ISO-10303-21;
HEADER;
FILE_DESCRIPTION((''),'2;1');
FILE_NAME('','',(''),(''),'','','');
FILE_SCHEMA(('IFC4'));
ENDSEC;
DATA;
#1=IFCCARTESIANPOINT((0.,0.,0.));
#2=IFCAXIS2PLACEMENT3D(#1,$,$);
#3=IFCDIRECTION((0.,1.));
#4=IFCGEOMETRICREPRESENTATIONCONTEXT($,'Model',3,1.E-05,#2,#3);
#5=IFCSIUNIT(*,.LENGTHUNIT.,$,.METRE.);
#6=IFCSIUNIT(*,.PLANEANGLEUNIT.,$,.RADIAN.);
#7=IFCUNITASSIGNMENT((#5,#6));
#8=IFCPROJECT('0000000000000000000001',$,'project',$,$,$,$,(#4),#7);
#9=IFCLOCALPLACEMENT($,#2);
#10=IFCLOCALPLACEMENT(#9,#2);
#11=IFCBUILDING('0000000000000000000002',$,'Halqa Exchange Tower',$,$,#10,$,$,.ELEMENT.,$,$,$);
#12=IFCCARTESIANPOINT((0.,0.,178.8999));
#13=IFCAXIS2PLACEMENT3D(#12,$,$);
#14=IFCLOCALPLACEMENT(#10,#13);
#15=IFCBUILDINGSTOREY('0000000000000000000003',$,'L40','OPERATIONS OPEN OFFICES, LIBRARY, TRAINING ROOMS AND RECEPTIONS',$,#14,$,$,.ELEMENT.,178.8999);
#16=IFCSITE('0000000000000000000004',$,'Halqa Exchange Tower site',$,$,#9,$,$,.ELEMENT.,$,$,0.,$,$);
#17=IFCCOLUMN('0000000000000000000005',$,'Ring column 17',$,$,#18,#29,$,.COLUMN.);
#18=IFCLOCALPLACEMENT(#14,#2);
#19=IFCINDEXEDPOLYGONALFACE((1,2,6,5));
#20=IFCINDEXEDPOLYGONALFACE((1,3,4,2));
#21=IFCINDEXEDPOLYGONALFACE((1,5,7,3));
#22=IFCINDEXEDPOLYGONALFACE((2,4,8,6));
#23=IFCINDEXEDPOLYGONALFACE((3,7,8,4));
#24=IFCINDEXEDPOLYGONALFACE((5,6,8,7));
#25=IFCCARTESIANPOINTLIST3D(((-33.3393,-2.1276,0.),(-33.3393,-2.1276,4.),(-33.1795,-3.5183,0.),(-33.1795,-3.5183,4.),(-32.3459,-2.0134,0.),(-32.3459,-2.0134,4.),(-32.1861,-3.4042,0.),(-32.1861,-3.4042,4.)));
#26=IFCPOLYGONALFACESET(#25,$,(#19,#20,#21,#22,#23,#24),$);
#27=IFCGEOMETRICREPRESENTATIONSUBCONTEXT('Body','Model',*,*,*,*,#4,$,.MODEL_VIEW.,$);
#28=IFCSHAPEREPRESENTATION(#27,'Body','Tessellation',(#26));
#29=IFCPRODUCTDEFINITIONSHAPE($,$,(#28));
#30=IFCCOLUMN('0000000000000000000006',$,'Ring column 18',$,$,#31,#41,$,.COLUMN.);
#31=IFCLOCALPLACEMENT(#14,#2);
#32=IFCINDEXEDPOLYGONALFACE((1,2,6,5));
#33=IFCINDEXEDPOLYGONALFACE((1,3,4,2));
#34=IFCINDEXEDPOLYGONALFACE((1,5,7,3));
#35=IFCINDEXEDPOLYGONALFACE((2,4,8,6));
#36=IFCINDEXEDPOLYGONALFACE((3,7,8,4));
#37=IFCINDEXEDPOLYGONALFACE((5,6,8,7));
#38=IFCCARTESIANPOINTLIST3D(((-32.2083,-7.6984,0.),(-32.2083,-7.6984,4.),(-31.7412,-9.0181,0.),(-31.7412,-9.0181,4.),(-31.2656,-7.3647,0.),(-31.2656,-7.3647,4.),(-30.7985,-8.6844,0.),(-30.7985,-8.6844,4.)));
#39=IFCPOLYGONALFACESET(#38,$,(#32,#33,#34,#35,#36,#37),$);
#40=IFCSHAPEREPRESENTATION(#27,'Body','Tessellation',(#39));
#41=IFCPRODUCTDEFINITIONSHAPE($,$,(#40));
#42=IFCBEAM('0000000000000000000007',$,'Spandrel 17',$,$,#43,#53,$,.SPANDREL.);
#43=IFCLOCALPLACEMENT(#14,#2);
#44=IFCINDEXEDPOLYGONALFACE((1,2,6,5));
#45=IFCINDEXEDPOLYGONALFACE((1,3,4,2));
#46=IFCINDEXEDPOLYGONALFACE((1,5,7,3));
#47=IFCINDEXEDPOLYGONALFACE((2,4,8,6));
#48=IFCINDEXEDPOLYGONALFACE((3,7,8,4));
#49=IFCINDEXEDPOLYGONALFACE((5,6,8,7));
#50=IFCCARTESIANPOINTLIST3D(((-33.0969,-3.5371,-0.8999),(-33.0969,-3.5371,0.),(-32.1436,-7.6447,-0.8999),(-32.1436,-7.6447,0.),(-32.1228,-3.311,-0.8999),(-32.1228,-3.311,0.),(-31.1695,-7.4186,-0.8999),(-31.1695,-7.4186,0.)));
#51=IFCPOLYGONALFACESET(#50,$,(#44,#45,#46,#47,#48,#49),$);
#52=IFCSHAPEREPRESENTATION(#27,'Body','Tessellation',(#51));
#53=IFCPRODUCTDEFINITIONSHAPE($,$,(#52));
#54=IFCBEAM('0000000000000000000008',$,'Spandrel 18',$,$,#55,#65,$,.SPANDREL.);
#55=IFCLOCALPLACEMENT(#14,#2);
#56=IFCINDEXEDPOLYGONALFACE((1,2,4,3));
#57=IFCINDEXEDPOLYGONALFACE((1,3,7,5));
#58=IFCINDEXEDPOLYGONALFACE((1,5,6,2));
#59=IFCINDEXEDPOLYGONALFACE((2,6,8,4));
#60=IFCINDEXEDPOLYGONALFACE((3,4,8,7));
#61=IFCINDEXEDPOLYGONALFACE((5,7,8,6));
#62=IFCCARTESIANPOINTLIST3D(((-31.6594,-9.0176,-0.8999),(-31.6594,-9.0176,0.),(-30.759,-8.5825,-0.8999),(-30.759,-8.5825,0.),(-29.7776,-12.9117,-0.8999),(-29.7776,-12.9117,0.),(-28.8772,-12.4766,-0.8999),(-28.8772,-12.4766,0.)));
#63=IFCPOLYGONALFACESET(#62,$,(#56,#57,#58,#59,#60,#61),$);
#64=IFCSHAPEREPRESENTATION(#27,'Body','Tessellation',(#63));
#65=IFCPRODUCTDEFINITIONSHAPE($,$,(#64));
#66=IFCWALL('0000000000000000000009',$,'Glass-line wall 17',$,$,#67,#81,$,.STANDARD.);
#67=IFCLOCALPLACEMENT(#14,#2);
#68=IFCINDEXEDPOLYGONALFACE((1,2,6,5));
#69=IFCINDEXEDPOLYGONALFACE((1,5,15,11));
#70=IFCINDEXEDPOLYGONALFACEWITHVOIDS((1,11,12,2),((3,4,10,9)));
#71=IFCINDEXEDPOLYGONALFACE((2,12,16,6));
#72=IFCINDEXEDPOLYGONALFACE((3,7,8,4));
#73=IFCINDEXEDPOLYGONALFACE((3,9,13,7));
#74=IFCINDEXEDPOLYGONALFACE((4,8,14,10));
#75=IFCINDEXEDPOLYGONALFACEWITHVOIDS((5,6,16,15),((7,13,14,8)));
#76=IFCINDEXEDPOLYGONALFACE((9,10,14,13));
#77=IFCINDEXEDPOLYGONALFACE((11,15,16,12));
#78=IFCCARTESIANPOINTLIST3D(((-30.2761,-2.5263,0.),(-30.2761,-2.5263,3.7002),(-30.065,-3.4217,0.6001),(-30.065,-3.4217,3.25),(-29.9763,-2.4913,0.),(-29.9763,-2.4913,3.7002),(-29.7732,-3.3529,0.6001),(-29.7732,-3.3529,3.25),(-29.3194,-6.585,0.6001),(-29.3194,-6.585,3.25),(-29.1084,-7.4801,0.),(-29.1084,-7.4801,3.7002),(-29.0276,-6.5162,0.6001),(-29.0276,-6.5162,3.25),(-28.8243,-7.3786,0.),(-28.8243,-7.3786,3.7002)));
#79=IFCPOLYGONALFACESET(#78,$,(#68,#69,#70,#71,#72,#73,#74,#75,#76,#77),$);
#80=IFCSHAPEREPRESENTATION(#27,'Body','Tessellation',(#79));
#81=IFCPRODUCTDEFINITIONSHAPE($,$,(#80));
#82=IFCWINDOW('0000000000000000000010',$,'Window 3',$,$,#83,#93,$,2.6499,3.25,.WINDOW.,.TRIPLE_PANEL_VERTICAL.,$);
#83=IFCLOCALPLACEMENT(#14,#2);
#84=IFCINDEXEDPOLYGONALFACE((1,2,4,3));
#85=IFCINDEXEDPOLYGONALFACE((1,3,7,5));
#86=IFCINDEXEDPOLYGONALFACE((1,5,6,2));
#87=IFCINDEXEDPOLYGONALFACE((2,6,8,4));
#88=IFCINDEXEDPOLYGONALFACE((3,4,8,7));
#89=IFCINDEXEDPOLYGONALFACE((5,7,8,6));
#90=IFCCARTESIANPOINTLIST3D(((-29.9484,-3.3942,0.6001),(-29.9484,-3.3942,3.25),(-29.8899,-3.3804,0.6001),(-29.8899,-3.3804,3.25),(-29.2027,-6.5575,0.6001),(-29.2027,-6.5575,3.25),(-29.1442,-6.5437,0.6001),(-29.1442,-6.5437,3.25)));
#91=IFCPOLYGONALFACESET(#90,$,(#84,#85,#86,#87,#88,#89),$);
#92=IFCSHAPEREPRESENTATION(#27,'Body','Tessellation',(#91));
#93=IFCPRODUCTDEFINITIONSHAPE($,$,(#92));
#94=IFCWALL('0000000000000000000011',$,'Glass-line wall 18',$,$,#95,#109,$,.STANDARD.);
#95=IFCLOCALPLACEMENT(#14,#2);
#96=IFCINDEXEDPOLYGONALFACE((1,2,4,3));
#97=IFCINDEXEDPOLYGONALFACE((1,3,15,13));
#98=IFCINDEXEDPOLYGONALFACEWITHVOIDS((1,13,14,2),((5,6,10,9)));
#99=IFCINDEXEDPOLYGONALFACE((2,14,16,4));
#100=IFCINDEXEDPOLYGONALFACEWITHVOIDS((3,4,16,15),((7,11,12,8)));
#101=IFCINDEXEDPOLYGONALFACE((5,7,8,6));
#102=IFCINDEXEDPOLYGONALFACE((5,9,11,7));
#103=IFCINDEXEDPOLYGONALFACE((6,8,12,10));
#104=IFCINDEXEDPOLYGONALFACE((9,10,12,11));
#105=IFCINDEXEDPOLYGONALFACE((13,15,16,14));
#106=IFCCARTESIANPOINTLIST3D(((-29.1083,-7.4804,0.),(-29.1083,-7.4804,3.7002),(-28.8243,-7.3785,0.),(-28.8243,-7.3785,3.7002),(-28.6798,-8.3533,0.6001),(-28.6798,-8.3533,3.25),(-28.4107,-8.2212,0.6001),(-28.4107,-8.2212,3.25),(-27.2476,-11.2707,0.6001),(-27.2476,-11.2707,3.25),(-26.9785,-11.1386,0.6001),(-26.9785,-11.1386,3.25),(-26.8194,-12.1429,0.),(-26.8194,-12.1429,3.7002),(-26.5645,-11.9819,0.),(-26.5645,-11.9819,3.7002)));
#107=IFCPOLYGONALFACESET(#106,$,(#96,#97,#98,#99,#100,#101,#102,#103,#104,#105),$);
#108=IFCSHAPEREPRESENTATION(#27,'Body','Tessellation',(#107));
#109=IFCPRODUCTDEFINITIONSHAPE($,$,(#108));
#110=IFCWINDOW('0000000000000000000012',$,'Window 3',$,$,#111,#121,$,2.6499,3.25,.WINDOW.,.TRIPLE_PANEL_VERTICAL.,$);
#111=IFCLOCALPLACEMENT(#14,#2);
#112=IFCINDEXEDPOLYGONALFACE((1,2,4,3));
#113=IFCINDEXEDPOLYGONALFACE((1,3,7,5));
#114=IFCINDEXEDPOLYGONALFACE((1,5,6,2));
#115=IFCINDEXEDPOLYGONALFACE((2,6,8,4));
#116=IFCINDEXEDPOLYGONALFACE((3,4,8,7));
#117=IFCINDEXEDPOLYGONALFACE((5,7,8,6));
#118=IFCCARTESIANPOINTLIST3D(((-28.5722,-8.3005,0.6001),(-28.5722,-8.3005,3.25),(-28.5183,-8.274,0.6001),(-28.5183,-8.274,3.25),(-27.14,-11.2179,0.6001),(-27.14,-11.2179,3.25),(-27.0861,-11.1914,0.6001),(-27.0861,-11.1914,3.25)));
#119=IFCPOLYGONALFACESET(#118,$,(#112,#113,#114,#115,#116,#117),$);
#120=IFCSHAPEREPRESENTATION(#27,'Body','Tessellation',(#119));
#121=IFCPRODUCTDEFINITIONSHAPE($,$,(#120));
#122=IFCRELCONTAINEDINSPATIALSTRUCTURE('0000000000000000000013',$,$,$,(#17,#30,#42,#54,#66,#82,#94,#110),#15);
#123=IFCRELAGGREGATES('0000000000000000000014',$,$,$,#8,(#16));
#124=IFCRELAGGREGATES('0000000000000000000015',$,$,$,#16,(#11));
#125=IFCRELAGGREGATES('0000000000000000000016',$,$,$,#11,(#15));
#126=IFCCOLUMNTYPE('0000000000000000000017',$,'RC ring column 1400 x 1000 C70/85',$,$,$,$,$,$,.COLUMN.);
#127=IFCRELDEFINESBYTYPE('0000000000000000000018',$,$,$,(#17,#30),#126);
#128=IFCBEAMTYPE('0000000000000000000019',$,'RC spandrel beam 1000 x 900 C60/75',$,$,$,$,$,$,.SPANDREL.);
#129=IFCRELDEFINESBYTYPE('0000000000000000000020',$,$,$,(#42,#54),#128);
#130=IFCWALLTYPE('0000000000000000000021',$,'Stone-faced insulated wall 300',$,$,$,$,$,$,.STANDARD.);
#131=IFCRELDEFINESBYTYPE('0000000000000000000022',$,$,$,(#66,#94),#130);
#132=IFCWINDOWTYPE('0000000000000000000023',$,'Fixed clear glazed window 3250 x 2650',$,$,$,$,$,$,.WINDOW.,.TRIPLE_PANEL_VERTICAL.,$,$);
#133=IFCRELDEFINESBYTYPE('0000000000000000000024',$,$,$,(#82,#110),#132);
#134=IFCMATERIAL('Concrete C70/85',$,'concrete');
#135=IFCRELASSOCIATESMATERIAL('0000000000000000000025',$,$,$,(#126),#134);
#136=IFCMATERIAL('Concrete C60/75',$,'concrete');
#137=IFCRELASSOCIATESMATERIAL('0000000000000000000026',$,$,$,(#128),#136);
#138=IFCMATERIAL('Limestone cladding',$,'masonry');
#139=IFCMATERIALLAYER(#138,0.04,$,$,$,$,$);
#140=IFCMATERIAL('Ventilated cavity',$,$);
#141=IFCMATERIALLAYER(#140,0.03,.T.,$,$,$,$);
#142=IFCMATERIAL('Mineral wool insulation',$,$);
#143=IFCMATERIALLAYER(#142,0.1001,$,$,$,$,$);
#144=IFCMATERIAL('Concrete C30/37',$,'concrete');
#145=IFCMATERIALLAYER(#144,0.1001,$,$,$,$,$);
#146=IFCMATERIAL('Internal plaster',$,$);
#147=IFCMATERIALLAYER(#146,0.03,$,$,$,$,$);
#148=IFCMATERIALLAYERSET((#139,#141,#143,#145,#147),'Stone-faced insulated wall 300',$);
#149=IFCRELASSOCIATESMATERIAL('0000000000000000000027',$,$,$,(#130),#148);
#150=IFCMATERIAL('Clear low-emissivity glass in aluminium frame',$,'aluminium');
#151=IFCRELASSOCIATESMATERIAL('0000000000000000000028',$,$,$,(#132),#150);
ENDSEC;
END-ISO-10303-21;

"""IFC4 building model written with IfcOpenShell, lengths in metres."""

from ifc_helpers import new_model, si_unit, direction, frame, frame_2d, origin, origin_2d, place, context, subcontext, project, spatial, polyline, rectangle, outline, extrude, material, layer, layer_set, material_profile, profile_set, type_object, element, fill, save


model = new_model("IFC4")

# Units and contexts
model_context = context("Model", 3, precision=1e-05, world=origin(), true_north=direction((0.0, 1.0)))
body_context = subcontext(model_context, "Body", "Model", "MODEL_VIEW")
ifc_project = project(units=[si_unit("LENGTHUNIT", "METRE"), si_unit("PLANEANGLEUNIT", "RADIAN")], contexts=[model_context])

# Site, building, storey
site_placement = place(None, origin())
site = spatial("IfcSite", under=ifc_project, at=site_placement, Name="Halqa Exchange Tower site", CompositionType="ELEMENT", RefElevation=0.0)
building_placement = place(site_placement, origin())
building = spatial("IfcBuilding", under=site, at=building_placement, Name="Halqa Exchange Tower", CompositionType="ELEMENT")
storey_placement = place(building_placement, frame((0.0, 0.0, 178.8999)))
storey = spatial("IfcBuildingStorey", under=building, at=storey_placement, Name="L40", Description="OPERATIONS OPEN OFFICES, LIBRARY, TRAINING ROOMS AND RECEPTIONS", CompositionType="ELEMENT", Elevation=178.8999)

# Columns
ifc_material_1 = material(Name="Concrete C70/85", Category="concrete")
ifc_material_profile_1 = material_profile(ifc_material_1, rectangle(XDim=1.3999, YDim=1.0, at=origin_2d()), Name="1400 x 1000")
ifc_profile_set_1 = profile_set([ifc_material_profile_1], Name="Concrete C70/85")
column_type = type_object("IfcColumnType", Name="RC ring column 1400 x 1000 C70/85", PredefinedType="COLUMN", material=ifc_profile_set_1)
for number, where, z_axis, x_axis, name in (
    (1, (-32.7627, -2.7659, 0.0), (0.0, 0.0, 1.0), (0.114159, -0.993463, 0.0), "Ring column 17"),
    (2, (-31.5034, -8.1914, 0.0), (0.0, 0.0, 1.0), (0.333632, -0.942703, 0.0), "Ring column 18"),
):
    element("IfcColumn", number, at=place(storey_placement, frame(where, z_axis=z_axis, x_axis=x_axis)), inside=storey, type_object=column_type, Name=name, PredefinedType="COLUMN", context=body_context, shape_type="SweptSolid", body=[
        extrude(rectangle(XDim=1.3999, YDim=1.0, at=origin_2d()), origin(), (0.0, 0.0, 1.0), 4.0),
    ])

# Beams
ifc_material_2 = material(Name="Concrete C60/75", Category="concrete")
ifc_material_profile_2 = material_profile(ifc_material_2, rectangle(XDim=1.0, YDim=0.8999, at=origin_2d()), Name="1000 x 900")
ifc_profile_set_2 = profile_set([ifc_material_profile_2], Name="Concrete C60/75")
beam_type = type_object("IfcBeamType", Name="RC spandrel beam 1000 x 900 C60/75", PredefinedType="SPANDREL", material=ifc_profile_set_2)
beam_1_placement = place(storey_placement, frame((-32.6099, -3.4241, -0.45), z_axis=(0.226086, -0.974107, 0.0), x_axis=(0.974107, 0.226086, 0.0)))
element("IfcBeam", 3, at=beam_1_placement, inside=storey, type_object=beam_type, Name="Spandrel 17", PredefinedType="SPANDREL", context=body_context, shape_type="SweptSolid", body=[
    extrude(rectangle(XDim=1.0, YDim=0.8999, at=origin_2d()), origin(), (0.0, 0.0, 1.0), 4.2168),
])
beam_2_placement = place(storey_placement, frame((-31.2092, -8.8, -0.45), z_axis=(0.435115, -0.900375, 0.0), x_axis=(0.900375, 0.435115, 0.0)))
element("IfcBeam", 4, at=beam_2_placement, inside=storey, type_object=beam_type, Name="Spandrel 18", PredefinedType="SPANDREL", context=body_context, shape_type="SweptSolid", body=[
    extrude(rectangle(XDim=1.0, YDim=0.8999, at=origin_2d()), origin(), (0.0, 0.0, 1.0), 4.325),
])

# Walls, openings, windows
ifc_material_3 = material(Name="Limestone cladding", Category="masonry")
ifc_layer_1 = layer(ifc_material_3, 0.04)
ifc_material_4 = material(Name="Ventilated cavity")
ifc_layer_2 = layer(ifc_material_4, 0.03, ventilated=True)
ifc_material_5 = material(Name="Mineral wool insulation")
ifc_layer_3 = layer(ifc_material_5, 0.1001)
ifc_material_6 = material(Name="Concrete C30/37", Category="concrete")
ifc_layer_4 = layer(ifc_material_6, 0.1001)
ifc_material_7 = material(Name="Internal plaster")
ifc_layer_5 = layer(ifc_material_7, 0.03)
ifc_layer_set = layer_set([ifc_layer_1, ifc_layer_2, ifc_layer_3, ifc_layer_4, ifc_layer_5], Name="Stone-faced insulated wall 300")
wall_type = type_object("IfcWallType", Name="Stone-faced insulated wall 300", PredefinedType="STANDARD", material=ifc_layer_set)
wall_1_placement = place(storey_placement, frame((-30.1262, -2.5088, 0.0), z_axis=(0.0, 0.0, 1.0), x_axis=(0.229435, -0.973324, 0.0)))
wall_1 = element("IfcWall", 5, at=wall_1_placement, inside=storey, type_object=wall_type, Name="Glass-line wall 17", PredefinedType="STANDARD", context=body_context, shape_type="SweptSolid", body=[
    extrude(outline(polyline([(-0.0173, -0.1499), (5.0723, -0.1499), (5.0386, 0.1499), (0.0173, 0.1499), (-0.0173, -0.1499)])), origin(), (0.0, 0.0, 1.0), 3.7002),
])
opening_1_placement = place(wall_1_placement, frame((0.9026, 0.0, 0.6001)))
opening_1 = element("IfcOpeningElement", 6, at=opening_1_placement, cuts=wall_1, PredefinedType="OPENING", context=body_context, shape_type="SweptSolid", body=[
    extrude(rectangle(XDim=3.25, YDim=2.6499, at=frame_2d((1.625, 1.325))), frame((0.0, 0.1621, 0.0), z_axis=(0.0, -1.0, 0.0), x_axis=(1.0, 0.0, 0.0)), (0.0, 0.0, 1.0), 0.324),
])
ifc_material_8 = material(Name="Clear low-emissivity glass in aluminium frame", Category="aluminium")
window_type = type_object("IfcWindowType", Name="Fixed clear glazed window 3250 x 2650", PartitioningType="TRIPLE_PANEL_VERTICAL", PredefinedType="WINDOW", material=ifc_material_8)
window_1_placement = place(opening_1_placement, origin())
window_1 = element("IfcWindow", 7, at=window_1_placement, inside=storey, type_object=window_type, Name="Window 3", OverallHeight=2.6499, OverallWidth=3.25, PartitioningType="TRIPLE_PANEL_VERTICAL", PredefinedType="WINDOW", context=body_context, shape_type="SweptSolid", body=[
    extrude(rectangle(XDim=3.25, YDim=2.6499, at=frame_2d((1.625, 1.325))), frame((0.0, 0.03, 0.0), z_axis=(0.0, -1.0, 0.0), x_axis=(1.0, 0.0, 0.0)), (0.0, 0.0, 1.0), 0.0601),
])
fill(opening_1, window_1)
wall_2_placement = place(storey_placement, frame((-28.9663, -7.4294, 0.0), z_axis=(0.0, 0.0, 1.0), x_axis=(0.440674, -0.897667, 0.0)))
wall_2 = element("IfcWall", 8, at=wall_2_placement, inside=storey, type_object=wall_type, Name="Glass-line wall 18", PredefinedType="STANDARD", context=body_context, shape_type="SweptSolid", body=[
    extrude(outline(polyline([(-0.0168, -0.1499), (5.1772, -0.1499), (5.145, 0.1499), (0.0168, 0.1499), (-0.0168, -0.1499)])), origin(), (0.0, 0.0, 1.0), 3.7002),
])
opening_2_placement = place(wall_2_placement, frame((0.9556, 0.0, 0.6001)))
opening_2 = element("IfcOpeningElement", 9, at=opening_2_placement, cuts=wall_2, PredefinedType="OPENING", context=body_context, shape_type="SweptSolid", body=[
    extrude(rectangle(XDim=3.25, YDim=2.6499, at=frame_2d((1.625, 1.325))), frame((0.0, 0.1621, 0.0), z_axis=(0.0, -1.0, 0.0), x_axis=(1.0, 0.0, 0.0)), (0.0, 0.0, 1.0), 0.324),
])
window_2_placement = place(opening_2_placement, origin())
window_2 = element("IfcWindow", 10, at=window_2_placement, inside=storey, type_object=window_type, Name="Window 3", OverallHeight=2.6499, OverallWidth=3.25, PartitioningType="TRIPLE_PANEL_VERTICAL", PredefinedType="WINDOW", context=body_context, shape_type="SweptSolid", body=[
    extrude(rectangle(XDim=3.25, YDim=2.6499, at=frame_2d((1.625, 1.325))), frame((0.0, 0.03, 0.0), z_axis=(0.0, -1.0, 0.0), x_axis=(1.0, 0.0, 0.0)), (0.0, 0.0, 1.0), 0.0601),
])
fill(opening_2, window_2)

save(model, "model.ifc")
